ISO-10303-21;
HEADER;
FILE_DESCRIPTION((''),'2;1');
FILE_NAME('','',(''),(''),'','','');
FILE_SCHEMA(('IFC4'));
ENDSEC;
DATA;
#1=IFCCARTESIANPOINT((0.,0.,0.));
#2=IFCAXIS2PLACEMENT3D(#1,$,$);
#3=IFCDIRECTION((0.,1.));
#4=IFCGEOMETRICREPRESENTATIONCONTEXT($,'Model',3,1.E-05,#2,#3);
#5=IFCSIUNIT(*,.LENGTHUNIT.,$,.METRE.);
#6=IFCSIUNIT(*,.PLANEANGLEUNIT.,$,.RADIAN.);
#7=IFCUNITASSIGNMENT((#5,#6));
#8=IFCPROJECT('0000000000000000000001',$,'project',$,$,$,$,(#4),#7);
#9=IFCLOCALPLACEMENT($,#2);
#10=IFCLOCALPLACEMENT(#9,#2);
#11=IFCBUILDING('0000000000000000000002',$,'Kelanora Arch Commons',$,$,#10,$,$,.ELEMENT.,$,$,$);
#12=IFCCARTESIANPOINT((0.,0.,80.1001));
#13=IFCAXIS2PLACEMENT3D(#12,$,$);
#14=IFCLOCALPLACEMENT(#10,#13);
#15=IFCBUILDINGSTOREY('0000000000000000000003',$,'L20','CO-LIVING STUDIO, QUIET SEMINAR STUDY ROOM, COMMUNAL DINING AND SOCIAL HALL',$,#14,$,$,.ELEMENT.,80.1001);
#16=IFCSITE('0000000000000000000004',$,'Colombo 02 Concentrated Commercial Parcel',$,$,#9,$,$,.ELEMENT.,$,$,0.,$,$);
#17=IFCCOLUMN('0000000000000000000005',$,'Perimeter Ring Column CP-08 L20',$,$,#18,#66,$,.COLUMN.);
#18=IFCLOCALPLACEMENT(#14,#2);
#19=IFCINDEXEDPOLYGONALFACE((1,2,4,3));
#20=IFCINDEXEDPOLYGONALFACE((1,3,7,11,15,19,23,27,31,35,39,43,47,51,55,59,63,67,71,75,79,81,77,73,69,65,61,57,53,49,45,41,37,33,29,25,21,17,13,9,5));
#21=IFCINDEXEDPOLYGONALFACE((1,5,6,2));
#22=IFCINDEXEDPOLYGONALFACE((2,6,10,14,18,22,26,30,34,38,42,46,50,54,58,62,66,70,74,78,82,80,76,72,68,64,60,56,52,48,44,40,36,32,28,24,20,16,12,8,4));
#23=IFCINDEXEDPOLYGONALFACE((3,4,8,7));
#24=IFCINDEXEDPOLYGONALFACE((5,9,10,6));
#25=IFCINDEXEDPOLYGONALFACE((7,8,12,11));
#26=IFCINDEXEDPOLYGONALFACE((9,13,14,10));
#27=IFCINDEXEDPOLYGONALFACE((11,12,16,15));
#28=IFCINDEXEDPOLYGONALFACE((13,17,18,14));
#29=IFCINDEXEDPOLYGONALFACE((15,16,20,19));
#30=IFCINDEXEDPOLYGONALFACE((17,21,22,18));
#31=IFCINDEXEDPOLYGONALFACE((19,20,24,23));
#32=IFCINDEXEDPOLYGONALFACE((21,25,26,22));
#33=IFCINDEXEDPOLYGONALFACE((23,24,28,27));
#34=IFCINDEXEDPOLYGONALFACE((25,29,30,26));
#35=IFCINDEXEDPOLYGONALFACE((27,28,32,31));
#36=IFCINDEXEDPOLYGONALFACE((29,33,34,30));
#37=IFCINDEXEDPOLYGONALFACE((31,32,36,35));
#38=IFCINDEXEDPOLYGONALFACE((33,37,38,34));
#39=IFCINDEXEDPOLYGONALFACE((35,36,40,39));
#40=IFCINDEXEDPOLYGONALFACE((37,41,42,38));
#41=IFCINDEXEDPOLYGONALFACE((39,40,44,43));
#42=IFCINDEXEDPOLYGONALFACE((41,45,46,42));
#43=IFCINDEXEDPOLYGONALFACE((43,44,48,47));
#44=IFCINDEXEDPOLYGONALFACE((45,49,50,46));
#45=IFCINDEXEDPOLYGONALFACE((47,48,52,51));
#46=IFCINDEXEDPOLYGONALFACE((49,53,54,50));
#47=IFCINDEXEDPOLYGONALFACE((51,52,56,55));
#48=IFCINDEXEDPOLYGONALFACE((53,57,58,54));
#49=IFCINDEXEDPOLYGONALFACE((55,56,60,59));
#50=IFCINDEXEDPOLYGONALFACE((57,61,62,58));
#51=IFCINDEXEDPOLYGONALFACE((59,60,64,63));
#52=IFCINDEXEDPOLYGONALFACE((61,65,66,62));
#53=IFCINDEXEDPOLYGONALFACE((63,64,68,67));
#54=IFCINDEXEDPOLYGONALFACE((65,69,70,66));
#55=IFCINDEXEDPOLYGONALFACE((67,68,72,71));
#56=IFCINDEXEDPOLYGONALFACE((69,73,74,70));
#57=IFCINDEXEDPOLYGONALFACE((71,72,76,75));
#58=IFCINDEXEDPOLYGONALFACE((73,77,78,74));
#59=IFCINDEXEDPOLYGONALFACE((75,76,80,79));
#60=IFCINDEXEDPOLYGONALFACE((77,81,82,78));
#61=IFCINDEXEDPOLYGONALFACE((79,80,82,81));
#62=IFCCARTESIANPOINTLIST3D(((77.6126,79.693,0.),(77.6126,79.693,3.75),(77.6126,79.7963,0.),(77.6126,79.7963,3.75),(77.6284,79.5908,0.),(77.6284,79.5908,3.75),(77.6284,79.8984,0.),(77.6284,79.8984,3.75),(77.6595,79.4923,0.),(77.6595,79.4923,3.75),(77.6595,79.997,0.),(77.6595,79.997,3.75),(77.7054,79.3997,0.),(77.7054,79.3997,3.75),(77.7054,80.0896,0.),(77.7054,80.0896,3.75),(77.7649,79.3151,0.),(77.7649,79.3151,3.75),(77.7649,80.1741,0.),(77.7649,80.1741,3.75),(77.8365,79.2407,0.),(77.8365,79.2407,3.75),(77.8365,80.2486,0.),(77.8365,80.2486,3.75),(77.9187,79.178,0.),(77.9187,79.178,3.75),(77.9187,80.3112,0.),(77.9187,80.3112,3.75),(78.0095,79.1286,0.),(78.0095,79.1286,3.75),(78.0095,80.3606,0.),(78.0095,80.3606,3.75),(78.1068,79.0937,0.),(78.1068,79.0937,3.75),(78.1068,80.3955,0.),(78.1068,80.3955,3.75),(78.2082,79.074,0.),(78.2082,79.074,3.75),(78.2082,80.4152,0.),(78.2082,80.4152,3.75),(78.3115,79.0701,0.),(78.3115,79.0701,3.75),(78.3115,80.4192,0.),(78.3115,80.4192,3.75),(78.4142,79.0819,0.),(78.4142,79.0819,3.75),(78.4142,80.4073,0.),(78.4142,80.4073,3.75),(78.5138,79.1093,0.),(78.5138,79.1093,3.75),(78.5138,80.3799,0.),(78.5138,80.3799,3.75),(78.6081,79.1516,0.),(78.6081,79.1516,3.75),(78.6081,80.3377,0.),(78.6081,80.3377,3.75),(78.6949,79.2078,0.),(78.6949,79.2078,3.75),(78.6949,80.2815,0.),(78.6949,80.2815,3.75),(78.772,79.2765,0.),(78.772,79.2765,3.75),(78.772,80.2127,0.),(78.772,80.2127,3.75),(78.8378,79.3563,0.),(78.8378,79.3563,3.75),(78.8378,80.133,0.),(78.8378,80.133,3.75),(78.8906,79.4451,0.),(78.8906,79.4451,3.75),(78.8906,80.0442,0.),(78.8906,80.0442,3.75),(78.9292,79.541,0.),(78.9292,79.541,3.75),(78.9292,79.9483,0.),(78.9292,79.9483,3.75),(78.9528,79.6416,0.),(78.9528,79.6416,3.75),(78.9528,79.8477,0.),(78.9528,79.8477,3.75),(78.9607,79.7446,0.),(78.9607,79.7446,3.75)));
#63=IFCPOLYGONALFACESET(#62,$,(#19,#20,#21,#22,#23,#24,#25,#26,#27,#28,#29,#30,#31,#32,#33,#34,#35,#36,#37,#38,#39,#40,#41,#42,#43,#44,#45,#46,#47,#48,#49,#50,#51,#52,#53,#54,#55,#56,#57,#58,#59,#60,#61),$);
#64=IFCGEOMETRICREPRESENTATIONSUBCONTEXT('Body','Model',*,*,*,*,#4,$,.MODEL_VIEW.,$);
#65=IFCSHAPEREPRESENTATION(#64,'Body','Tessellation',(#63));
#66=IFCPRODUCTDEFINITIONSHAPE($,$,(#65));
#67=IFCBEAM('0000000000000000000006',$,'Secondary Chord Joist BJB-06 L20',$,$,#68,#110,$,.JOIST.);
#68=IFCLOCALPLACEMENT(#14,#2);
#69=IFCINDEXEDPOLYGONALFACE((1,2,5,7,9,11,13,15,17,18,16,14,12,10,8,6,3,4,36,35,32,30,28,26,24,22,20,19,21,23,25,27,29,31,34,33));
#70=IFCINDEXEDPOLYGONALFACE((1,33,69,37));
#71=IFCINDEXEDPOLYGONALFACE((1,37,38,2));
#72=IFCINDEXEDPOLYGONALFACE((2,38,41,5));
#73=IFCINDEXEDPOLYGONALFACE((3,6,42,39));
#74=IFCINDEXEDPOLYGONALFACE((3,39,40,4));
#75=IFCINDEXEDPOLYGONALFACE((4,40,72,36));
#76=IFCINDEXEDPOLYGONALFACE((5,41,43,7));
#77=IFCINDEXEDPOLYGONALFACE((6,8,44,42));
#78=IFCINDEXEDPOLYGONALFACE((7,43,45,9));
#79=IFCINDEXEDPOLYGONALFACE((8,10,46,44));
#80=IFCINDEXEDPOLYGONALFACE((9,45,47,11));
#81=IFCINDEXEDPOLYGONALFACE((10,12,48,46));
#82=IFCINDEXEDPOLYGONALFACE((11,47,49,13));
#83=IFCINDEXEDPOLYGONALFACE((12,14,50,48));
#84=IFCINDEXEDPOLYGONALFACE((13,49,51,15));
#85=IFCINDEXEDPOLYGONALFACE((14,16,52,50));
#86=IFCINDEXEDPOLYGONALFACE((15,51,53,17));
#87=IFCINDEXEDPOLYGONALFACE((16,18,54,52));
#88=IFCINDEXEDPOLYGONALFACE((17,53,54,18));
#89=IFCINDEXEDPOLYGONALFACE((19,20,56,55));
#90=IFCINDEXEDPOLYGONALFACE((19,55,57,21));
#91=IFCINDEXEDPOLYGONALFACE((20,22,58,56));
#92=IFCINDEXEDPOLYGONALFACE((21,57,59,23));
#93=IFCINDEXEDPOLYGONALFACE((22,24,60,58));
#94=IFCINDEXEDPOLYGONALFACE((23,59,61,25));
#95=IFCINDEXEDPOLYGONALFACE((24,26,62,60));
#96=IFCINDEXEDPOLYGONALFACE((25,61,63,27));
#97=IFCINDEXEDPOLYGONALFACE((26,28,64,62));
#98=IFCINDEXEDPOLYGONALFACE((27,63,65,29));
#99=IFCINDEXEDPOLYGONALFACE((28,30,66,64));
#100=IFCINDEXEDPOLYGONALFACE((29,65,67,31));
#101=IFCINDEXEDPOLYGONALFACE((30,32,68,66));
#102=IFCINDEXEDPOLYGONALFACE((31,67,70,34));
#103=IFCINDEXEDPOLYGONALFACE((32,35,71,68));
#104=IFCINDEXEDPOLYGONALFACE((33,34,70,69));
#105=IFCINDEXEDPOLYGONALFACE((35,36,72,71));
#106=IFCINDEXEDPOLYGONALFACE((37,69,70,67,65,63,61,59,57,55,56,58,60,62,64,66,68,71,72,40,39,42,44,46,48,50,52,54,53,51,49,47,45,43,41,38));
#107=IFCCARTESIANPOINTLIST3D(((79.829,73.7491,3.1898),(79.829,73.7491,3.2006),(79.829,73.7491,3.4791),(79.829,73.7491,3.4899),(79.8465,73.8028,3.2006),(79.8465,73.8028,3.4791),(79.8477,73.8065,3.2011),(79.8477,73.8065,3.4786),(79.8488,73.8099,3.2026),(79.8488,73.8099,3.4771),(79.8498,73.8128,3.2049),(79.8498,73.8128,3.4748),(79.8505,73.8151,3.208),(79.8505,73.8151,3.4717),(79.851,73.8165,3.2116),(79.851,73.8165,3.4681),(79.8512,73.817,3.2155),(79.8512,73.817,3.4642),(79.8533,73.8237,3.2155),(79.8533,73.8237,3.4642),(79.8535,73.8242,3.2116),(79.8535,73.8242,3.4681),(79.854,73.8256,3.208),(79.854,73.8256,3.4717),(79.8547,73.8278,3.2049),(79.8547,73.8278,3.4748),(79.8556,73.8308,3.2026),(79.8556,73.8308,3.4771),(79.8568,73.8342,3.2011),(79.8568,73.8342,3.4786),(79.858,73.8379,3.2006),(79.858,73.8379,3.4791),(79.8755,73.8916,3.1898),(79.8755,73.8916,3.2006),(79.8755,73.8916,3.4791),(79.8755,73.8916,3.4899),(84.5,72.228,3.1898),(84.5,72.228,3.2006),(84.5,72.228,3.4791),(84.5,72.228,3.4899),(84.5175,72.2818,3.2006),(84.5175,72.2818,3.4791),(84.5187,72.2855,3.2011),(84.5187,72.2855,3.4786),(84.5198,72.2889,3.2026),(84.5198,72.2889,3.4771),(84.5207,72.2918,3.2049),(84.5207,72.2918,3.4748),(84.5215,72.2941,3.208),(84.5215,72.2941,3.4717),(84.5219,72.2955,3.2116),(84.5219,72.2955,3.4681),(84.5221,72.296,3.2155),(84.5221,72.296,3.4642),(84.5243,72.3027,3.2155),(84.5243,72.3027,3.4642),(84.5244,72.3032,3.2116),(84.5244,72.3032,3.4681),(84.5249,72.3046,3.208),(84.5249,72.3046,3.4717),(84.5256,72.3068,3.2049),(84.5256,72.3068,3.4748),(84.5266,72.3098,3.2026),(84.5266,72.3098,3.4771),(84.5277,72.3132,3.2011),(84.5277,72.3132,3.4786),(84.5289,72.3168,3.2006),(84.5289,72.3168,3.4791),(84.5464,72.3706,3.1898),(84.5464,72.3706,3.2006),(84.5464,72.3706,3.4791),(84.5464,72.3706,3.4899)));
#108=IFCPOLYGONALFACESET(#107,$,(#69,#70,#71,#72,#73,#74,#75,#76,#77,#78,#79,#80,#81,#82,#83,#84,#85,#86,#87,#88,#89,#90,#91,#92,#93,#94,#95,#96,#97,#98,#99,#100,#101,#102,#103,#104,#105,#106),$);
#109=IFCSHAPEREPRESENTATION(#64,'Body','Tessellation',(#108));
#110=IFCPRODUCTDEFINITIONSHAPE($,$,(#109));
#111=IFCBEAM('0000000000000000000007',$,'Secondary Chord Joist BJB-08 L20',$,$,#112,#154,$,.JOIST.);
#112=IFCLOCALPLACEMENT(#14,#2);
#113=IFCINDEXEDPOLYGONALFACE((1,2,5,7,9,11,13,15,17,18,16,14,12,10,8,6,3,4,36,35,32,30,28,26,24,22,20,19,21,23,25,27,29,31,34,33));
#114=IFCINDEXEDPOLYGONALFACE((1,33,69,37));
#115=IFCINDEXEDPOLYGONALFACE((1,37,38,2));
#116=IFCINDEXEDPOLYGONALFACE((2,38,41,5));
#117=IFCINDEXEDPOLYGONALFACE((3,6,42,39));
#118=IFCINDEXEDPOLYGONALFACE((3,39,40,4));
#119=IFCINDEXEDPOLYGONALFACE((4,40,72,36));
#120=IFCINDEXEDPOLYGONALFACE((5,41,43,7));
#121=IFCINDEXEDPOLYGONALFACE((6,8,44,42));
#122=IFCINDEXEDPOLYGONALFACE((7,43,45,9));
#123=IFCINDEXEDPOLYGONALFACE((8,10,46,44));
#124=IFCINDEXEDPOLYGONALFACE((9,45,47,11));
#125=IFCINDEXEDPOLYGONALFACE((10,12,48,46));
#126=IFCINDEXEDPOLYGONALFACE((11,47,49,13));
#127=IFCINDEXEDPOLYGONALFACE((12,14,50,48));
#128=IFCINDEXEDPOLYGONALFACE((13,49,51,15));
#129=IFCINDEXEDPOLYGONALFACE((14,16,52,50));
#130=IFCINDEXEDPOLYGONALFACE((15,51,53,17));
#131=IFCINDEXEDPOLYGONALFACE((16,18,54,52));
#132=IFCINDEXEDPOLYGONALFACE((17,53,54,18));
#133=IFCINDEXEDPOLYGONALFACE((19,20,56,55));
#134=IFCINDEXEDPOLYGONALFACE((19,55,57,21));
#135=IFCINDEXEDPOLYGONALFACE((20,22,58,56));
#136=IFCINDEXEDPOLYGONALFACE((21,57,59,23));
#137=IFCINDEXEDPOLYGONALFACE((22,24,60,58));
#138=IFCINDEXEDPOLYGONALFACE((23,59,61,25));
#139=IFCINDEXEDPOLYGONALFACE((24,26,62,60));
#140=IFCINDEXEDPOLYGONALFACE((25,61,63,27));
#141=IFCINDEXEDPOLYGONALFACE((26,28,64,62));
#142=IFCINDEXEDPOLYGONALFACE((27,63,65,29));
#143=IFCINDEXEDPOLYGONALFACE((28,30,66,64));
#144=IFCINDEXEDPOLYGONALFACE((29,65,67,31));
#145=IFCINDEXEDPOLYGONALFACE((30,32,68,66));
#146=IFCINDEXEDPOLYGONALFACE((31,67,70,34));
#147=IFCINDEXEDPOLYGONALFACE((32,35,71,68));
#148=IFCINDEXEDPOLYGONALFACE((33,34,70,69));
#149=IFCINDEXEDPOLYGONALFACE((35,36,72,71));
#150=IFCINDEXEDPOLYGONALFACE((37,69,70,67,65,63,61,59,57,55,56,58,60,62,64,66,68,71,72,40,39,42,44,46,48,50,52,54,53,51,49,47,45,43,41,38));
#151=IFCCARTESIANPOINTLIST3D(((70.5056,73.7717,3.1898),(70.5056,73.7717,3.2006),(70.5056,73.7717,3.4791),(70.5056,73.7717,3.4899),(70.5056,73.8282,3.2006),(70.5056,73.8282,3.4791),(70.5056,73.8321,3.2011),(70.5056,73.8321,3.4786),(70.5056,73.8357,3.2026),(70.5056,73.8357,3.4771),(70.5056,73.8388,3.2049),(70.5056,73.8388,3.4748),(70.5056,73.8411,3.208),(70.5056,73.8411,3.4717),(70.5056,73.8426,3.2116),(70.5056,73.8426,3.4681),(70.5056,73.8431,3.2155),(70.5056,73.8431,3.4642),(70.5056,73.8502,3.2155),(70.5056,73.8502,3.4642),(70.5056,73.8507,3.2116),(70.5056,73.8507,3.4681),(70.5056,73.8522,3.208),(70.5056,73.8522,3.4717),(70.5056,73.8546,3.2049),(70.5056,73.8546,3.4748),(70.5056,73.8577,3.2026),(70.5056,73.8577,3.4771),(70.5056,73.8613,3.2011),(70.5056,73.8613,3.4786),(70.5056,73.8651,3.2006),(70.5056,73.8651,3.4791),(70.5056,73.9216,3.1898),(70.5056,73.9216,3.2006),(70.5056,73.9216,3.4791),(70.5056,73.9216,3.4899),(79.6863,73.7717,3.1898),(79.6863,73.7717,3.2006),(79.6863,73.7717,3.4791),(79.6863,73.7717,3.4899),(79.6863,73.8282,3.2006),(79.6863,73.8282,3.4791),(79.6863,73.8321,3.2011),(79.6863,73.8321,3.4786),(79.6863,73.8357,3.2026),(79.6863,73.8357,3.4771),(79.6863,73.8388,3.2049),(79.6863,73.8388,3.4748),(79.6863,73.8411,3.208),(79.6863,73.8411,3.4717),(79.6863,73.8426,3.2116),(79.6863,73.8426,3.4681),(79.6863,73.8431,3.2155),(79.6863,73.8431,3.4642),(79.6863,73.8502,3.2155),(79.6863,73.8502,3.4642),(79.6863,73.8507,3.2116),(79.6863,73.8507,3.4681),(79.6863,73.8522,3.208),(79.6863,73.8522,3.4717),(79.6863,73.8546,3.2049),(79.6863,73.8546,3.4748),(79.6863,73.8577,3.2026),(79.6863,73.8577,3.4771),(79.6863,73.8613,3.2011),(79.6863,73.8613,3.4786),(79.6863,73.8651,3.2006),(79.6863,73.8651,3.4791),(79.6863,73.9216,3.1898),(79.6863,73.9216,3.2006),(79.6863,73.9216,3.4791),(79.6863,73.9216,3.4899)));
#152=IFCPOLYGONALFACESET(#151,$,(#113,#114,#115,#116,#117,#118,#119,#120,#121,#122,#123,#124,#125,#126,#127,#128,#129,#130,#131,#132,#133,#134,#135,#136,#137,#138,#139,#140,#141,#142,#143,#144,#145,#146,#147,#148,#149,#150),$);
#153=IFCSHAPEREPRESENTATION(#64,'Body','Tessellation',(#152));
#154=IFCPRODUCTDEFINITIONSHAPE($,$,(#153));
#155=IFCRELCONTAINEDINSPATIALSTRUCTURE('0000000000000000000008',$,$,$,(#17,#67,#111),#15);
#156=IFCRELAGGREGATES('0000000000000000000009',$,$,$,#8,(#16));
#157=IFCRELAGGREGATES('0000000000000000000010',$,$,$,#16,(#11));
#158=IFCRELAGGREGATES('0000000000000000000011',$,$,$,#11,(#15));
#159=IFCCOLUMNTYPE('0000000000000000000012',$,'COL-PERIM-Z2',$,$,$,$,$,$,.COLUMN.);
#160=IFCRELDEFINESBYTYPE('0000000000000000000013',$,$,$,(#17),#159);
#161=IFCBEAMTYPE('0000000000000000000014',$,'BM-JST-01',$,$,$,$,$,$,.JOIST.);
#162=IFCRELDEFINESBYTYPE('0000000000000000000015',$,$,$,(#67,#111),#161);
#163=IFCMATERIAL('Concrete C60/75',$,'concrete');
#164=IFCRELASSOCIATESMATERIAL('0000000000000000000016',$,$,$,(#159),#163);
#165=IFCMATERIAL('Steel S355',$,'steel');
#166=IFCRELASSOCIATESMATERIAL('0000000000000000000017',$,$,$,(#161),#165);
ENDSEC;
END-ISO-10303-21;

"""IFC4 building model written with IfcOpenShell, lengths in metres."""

from ifc_helpers import new_model, si_unit, direction, frame, origin, origin_2d, place, context, subcontext, project, spatial, circle, i_section, extrude, material, material_profile, profile_set, type_object, element, save


model = new_model("IFC4")

# Units and contexts
model_context = context("Model", 3, precision=1e-05, world=origin(), true_north=direction((0.0, 1.0)))
body_context = subcontext(model_context, "Body", "Model", "MODEL_VIEW")
ifc_project = project(units=[si_unit("LENGTHUNIT", "METRE"), si_unit("PLANEANGLEUNIT", "RADIAN")], contexts=[model_context])

# Site, building, storey
site_placement = place(None, origin())
site = spatial("IfcSite", under=ifc_project, at=site_placement, Name="Colombo 02 Concentrated Commercial Parcel", CompositionType="ELEMENT", RefElevation=0.0)
building_placement = place(site_placement, origin())
building = spatial("IfcBuilding", under=site, at=building_placement, Name="Kelanora Arch Commons", CompositionType="ELEMENT")
storey_placement = place(building_placement, frame((0.0, 0.0, 80.1001)))
storey = spatial("IfcBuildingStorey", under=building, at=storey_placement, Name="L20", Description="CO-LIVING STUDIO, QUIET SEMINAR STUDY ROOM, COMMUNAL DINING AND SOCIAL HALL", CompositionType="ELEMENT", Elevation=80.1001)

# Column
ifc_material_1 = material(Name="Concrete C60/75", Category="concrete")
ifc_material_profile_1 = material_profile(ifc_material_1, circle(Radius=0.675, at=origin_2d()), Name="RCC1350")
ifc_profile_set_1 = profile_set([ifc_material_profile_1], Name="Concrete C60/75")
column_type = type_object("IfcColumnType", Name="COL-PERIM-Z2", PredefinedType="COLUMN", material=ifc_profile_set_1)
column_placement = place(storey_placement, frame((78.2856, 79.7446, 0.0), z_axis=(0.0, 0.0, 1.0), x_axis=(1.0, 0.0, 0.0)))
element("IfcColumn", 1, at=column_placement, inside=storey, type_object=column_type, Name="Perimeter Ring Column CP-08 L20", PredefinedType="COLUMN", context=body_context, shape_type="SweptSolid", body=[
    extrude(circle(Radius=0.675, at=origin_2d()), origin(), (0.0, 0.0, 1.0), 3.75),
])

# Beams
ifc_material_2 = material(Name="Steel S355", Category="steel")
ifc_material_profile_2 = material_profile(ifc_material_2, i_section(OverallWidth=0.1499, OverallDepth=0.3, WebThickness=0.0071, FlangeThickness=0.0107, FilletRadius=0.0149, at=origin_2d()), Name="IPE300")
ifc_profile_set_2 = profile_set([ifc_material_profile_2], Name="Steel S355")
beam_type_1 = type_object("IfcBeamType", Name="BM-JST-01", PredefinedType="JOIST", material=ifc_profile_set_2)
beam_1_placement = place(storey_placement, frame((84.5232, 72.2993, 3.3398), z_axis=(-0.950857, 0.30963, 0.0), x_axis=(-0.30963, -0.950857, 0.0)))
element("IfcBeam", 2, at=beam_1_placement, inside=storey, type_object=beam_type_1, Name="Secondary Chord Joist BJB-06 L20", PredefinedType="JOIST", context=body_context, shape_type="SweptSolid", body=[
    extrude(i_section(OverallWidth=0.1499, OverallDepth=0.3, WebThickness=0.0071, FlangeThickness=0.0107, FilletRadius=0.0149, at=origin_2d()), origin(), (0.0, 0.0, 1.0), 4.9124),
])
beam_2_placement = place(storey_placement, frame((79.6863, 73.8467, 3.3398), z_axis=(-1.0, 0.0, 0.0), x_axis=(0.0, -1.0, 0.0)))
element("IfcBeam", 3, at=beam_2_placement, inside=storey, type_object=beam_type_1, Name="Secondary Chord Joist BJB-08 L20", PredefinedType="JOIST", context=body_context, shape_type="SweptSolid", body=[
    extrude(i_section(OverallWidth=0.1499, OverallDepth=0.3, WebThickness=0.0071, FlangeThickness=0.0107, FilletRadius=0.0149, at=origin_2d()), origin(), (0.0, 0.0, 1.0), 9.1807),
])

save(model, "model.ifc")
